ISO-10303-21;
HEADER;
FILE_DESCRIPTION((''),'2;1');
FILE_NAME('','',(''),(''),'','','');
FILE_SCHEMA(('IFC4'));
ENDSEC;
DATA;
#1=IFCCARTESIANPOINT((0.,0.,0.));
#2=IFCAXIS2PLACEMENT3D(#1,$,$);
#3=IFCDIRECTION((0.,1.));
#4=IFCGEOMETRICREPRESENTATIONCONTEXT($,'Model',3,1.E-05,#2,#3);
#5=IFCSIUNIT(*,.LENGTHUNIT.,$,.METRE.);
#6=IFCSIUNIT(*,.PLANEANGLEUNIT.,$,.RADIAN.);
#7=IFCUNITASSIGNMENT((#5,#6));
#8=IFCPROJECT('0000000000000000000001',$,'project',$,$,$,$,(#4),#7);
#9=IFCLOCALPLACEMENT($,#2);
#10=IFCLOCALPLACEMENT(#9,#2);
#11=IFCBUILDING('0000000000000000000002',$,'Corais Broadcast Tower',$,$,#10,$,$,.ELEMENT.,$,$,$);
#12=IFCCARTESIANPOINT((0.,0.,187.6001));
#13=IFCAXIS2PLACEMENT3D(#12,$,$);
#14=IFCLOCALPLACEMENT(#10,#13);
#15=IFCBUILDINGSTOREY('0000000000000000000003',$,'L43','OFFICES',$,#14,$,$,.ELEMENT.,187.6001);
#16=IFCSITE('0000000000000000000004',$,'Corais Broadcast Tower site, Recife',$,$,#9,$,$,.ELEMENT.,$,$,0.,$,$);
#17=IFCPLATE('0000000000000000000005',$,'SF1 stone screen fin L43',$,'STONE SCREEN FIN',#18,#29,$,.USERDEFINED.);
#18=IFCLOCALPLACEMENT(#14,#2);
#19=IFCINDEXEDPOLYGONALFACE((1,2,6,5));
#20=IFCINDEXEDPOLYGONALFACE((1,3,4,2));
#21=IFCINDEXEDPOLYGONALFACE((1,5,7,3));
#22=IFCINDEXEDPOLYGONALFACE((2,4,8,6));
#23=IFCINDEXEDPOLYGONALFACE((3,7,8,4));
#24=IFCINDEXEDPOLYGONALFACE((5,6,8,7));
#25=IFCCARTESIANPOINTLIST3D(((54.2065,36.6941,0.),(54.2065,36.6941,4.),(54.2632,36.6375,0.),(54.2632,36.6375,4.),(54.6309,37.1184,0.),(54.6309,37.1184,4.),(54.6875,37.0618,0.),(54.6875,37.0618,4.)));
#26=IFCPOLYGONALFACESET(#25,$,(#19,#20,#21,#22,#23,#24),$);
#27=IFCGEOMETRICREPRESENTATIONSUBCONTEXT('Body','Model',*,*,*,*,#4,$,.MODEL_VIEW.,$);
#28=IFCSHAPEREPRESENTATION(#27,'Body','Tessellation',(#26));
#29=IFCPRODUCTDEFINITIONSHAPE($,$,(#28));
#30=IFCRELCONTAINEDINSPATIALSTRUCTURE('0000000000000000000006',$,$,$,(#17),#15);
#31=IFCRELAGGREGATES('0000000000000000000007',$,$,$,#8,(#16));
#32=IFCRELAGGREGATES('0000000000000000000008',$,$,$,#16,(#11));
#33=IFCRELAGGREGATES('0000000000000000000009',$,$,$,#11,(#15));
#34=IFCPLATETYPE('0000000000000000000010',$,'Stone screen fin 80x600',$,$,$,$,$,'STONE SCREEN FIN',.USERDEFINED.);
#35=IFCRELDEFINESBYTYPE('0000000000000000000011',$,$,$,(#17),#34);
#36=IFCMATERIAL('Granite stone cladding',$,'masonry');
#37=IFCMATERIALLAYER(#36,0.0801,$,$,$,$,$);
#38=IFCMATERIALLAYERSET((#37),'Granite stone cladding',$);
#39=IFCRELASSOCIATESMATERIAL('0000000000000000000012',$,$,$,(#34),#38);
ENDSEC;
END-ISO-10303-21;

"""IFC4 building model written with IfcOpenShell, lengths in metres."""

from ifc_helpers import new_model, si_unit, direction, frame, origin, origin_2d, place, context, subcontext, project, spatial, rectangle, extrude, material, layer, layer_set, type_object, element, save


model = new_model("IFC4")

# Units and contexts
model_context = context("Model", 3, precision=1e-05, world=origin(), true_north=direction((0.0, 1.0)))
body_context = subcontext(model_context, "Body", "Model", "MODEL_VIEW")
ifc_project = project(units=[si_unit("LENGTHUNIT", "METRE"), si_unit("PLANEANGLEUNIT", "RADIAN")], contexts=[model_context])

# Site, building, storey
site_placement = place(None, origin())
site = spatial("IfcSite", under=ifc_project, at=site_placement, Name="Corais Broadcast Tower site, Recife", CompositionType="ELEMENT", RefElevation=0.0)
building_placement = place(site_placement, origin())
building = spatial("IfcBuilding", under=site, at=building_placement, Name="Corais Broadcast Tower", CompositionType="ELEMENT")
storey_placement = place(building_placement, frame((0.0, 0.0, 187.6001)))
storey = spatial("IfcBuildingStorey", under=building, at=storey_placement, Name="L43", Description="OFFICES", CompositionType="ELEMENT", Elevation=187.6001)

# Plate
ifc_material_1 = material(Name="Granite stone cladding", Category="masonry")
ifc_layer_1 = layer(ifc_material_1, 0.0801)
ifc_layer_set_1 = layer_set([ifc_layer_1], Name="Granite stone cladding")
plate_type_1 = type_object("IfcPlateType", Name="Stone screen fin 80x600", ElementType="STONE SCREEN FIN", PredefinedType="USERDEFINED", material=ifc_layer_set_1)
plate_1_placement = place(storey_placement, frame((54.447, 36.8779, 0.0), z_axis=(0.0, 0.0, 1.0), x_axis=(0.707107, -0.707107, 0.0)))
element("IfcPlate", 1, at=plate_1_placement, inside=storey, type_object=plate_type_1, Name="SF1 stone screen fin L43", ObjectType="STONE SCREEN FIN", PredefinedType="USERDEFINED", context=body_context, shape_type="SweptSolid", body=[
    extrude(rectangle(XDim=0.0801, YDim=0.6001, at=origin_2d()), origin(), (0.0, 0.0, 1.0), 4.0),
])

save(model, "model.ifc")
